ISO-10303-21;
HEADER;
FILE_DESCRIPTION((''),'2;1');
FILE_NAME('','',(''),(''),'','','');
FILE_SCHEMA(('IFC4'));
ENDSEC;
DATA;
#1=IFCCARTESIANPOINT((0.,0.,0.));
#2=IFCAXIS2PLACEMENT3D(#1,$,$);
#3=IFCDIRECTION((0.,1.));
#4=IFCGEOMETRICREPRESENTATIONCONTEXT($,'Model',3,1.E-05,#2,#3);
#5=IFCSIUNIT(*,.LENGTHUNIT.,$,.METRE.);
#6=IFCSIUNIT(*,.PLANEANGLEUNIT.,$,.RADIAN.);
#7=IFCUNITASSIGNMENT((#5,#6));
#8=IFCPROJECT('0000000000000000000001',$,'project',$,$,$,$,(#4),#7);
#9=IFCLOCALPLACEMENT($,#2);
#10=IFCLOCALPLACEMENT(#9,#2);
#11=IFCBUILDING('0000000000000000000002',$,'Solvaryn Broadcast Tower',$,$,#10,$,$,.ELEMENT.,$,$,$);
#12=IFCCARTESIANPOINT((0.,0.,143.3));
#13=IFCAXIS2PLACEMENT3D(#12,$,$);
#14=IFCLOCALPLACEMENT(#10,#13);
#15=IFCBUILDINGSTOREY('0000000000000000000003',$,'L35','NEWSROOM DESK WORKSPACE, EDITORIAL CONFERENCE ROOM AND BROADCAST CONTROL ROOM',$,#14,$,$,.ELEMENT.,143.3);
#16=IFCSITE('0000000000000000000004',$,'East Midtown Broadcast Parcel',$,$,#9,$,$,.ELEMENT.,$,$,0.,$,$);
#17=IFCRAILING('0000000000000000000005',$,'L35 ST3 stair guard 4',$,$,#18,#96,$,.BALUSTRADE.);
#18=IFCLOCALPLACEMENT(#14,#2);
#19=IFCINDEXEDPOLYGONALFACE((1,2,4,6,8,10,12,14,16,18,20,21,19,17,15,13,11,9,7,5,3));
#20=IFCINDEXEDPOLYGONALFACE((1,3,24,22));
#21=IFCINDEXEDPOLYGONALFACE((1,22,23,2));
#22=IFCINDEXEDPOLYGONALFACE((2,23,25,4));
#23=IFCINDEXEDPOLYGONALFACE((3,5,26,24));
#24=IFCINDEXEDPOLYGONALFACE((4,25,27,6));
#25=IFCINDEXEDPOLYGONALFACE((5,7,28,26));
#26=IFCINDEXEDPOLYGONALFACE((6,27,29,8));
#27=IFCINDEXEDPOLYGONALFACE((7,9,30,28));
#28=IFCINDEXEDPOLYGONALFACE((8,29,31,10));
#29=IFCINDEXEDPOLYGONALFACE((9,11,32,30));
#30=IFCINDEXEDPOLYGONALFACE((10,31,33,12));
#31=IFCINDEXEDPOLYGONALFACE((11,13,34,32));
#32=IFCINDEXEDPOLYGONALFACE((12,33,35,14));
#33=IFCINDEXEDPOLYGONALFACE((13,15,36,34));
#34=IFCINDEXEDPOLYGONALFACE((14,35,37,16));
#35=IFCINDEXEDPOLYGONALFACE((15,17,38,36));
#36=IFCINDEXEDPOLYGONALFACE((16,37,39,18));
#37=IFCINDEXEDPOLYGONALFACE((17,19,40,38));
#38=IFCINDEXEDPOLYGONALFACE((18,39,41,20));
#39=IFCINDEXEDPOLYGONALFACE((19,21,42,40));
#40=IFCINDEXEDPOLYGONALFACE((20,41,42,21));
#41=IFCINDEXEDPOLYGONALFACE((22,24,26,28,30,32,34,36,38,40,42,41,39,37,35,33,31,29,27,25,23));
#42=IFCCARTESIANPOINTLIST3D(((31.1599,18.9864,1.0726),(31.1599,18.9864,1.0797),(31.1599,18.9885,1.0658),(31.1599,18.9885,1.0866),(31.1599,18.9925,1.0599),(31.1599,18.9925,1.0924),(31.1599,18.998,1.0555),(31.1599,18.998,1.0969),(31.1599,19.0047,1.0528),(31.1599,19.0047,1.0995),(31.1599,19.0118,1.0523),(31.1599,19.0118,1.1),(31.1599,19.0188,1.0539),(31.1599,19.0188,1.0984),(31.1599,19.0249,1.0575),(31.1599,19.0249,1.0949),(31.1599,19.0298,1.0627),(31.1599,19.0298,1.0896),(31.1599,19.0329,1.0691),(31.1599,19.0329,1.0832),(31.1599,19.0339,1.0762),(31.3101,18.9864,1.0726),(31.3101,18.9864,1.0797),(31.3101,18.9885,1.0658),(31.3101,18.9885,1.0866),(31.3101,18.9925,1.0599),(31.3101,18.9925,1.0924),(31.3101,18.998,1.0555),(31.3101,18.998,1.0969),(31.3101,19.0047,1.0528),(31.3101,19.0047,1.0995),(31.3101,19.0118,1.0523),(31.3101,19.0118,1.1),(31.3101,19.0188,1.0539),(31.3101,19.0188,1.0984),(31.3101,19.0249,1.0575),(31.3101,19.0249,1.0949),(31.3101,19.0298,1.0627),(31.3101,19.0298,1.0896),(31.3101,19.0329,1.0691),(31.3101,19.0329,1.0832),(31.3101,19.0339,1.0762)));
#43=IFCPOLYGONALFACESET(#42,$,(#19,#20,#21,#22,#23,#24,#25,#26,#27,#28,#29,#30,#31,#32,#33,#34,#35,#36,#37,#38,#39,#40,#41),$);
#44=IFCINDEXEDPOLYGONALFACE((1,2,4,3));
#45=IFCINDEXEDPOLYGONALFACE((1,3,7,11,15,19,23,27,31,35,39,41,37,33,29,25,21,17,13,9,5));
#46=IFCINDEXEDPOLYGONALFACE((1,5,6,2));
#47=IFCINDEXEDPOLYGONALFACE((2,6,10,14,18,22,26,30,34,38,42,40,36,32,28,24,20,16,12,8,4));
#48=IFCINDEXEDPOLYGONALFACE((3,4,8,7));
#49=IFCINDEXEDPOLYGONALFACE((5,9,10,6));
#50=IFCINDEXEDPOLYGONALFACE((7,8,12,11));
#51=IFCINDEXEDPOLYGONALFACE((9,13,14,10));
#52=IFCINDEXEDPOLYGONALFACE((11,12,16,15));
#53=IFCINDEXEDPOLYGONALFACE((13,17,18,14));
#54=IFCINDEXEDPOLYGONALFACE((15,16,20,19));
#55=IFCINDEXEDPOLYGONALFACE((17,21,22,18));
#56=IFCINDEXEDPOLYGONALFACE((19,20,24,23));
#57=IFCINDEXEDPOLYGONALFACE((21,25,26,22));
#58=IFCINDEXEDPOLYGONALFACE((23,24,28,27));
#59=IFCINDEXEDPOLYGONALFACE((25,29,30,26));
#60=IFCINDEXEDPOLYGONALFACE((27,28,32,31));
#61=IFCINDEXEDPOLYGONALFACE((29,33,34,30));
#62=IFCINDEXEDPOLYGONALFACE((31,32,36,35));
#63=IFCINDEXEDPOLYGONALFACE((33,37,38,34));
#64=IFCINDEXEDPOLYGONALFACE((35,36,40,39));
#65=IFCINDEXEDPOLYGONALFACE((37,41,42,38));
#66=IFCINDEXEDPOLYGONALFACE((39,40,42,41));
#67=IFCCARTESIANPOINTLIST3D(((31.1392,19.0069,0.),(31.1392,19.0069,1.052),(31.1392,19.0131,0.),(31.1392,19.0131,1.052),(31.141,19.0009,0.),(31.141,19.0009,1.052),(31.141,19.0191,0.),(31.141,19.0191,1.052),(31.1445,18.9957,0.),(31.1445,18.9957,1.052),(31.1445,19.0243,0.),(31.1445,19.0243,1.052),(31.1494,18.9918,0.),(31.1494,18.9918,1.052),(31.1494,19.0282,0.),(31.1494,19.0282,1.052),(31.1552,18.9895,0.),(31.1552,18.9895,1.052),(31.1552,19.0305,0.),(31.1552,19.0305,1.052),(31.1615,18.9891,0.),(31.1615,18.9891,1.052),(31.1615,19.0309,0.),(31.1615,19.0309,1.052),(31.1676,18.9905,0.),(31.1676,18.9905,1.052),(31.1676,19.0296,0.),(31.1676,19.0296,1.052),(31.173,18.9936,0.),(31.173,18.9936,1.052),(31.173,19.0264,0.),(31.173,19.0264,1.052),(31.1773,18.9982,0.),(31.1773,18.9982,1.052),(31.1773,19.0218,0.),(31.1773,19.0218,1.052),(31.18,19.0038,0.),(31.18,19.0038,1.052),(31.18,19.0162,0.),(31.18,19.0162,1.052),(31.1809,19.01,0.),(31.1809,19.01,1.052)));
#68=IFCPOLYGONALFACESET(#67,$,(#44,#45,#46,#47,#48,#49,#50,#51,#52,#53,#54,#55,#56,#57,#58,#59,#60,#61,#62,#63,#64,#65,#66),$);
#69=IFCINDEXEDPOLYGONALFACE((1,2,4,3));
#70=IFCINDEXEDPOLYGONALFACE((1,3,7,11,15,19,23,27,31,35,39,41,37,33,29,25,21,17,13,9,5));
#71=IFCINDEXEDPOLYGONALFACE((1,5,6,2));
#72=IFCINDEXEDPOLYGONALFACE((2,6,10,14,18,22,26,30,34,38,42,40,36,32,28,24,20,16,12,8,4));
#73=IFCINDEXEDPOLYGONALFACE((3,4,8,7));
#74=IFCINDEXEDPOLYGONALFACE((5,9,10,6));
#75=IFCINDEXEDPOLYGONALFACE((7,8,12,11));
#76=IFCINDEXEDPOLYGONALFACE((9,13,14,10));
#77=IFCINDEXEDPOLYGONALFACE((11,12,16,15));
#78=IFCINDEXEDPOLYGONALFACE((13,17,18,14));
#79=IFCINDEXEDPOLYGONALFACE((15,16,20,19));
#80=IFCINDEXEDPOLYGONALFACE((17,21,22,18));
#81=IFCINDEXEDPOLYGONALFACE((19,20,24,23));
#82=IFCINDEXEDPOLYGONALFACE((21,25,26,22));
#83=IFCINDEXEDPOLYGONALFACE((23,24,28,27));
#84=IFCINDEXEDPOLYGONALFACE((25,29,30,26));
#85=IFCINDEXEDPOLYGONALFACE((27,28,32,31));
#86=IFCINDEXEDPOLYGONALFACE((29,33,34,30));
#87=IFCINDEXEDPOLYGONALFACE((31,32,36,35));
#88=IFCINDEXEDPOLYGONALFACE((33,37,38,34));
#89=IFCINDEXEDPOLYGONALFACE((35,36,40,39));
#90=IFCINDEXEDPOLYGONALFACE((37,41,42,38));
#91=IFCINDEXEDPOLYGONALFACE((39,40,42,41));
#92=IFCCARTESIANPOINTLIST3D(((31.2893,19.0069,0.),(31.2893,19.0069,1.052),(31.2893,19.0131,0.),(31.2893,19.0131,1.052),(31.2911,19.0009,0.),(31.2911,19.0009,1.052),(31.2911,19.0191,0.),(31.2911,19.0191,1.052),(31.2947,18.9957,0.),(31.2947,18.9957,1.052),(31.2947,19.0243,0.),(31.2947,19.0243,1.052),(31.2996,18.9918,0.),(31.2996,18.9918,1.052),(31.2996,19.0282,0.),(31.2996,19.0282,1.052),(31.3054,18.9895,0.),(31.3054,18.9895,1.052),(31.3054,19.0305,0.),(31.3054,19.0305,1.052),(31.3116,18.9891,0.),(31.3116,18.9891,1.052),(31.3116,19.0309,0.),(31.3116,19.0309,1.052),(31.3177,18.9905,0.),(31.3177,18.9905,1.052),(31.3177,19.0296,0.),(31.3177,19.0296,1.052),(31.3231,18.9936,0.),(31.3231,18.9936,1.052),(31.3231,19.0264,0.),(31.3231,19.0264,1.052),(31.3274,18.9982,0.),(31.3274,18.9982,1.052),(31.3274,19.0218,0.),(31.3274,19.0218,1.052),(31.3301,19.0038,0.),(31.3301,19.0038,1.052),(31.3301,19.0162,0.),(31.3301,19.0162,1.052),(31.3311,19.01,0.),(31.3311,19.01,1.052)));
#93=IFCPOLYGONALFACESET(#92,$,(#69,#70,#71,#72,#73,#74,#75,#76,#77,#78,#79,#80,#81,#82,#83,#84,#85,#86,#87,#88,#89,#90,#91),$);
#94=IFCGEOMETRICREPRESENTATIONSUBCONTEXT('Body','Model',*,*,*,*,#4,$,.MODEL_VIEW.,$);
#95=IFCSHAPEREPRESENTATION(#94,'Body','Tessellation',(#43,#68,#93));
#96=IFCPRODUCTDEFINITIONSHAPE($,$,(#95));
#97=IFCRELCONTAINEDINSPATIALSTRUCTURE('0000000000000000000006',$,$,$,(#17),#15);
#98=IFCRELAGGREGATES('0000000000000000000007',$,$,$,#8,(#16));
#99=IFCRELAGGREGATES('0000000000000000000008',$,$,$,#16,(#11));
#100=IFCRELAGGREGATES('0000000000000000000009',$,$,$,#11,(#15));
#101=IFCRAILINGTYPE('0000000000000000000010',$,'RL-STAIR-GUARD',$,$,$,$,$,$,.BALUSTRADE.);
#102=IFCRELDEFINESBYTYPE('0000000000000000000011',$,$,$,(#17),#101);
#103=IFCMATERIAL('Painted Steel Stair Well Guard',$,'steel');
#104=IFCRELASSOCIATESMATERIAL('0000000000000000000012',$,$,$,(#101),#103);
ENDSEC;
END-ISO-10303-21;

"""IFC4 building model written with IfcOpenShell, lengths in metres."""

from ifc_helpers import new_model, si_unit, direction, frame, origin, origin_2d, place, context, subcontext, project, spatial, circle, extrude, material, type_object, element, save


model = new_model("IFC4")

# Units and contexts
model_context = context("Model", 3, precision=1e-05, world=origin(), true_north=direction((0.0, 1.0)))
body_context = subcontext(model_context, "Body", "Model", "MODEL_VIEW")
ifc_project = project(units=[si_unit("LENGTHUNIT", "METRE"), si_unit("PLANEANGLEUNIT", "RADIAN")], contexts=[model_context])

# Site, building, storey
site_placement = place(None, origin())
site = spatial("IfcSite", under=ifc_project, at=site_placement, Name="East Midtown Broadcast Parcel", CompositionType="ELEMENT", RefElevation=0.0)
building_placement = place(site_placement, origin())
building = spatial("IfcBuilding", under=site, at=building_placement, Name="Solvaryn Broadcast Tower", CompositionType="ELEMENT")
storey_placement = place(building_placement, frame((0.0, 0.0, 143.3)))
storey = spatial("IfcBuildingStorey", under=building, at=storey_placement, Name="L35", Description="NEWSROOM DESK WORKSPACE, EDITORIAL CONFERENCE ROOM AND BROADCAST CONTROL ROOM", CompositionType="ELEMENT", Elevation=143.3)

# Railing
ifc_material_1 = material(Name="Painted Steel Stair Well Guard", Category="steel")
railing_type_1 = type_object("IfcRailingType", Name="RL-STAIR-GUARD", PredefinedType="BALUSTRADE", material=ifc_material_1)
railing_1_placement = place(storey_placement, frame((31.1599, 19.01, 0.0)))
element("IfcRailing", 1, at=railing_1_placement, inside=storey, type_object=railing_type_1, Name="L35 ST3 stair guard 4", PredefinedType="BALUSTRADE", context=body_context, shape_type="SweptSolid", body=[
    extrude(circle(Radius=0.0239, at=origin_2d()), frame((0.0, 0.0, 1.0762), z_axis=(1.0, 0.0, 0.0), x_axis=(0.0, 1.0, 0.0)), (0.0, 0.0, 1.0), 0.1501),
    extrude(circle(Radius=0.021, at=origin_2d()), origin(), (0.0, 0.0, 1.0), 1.052),
    extrude(circle(Radius=0.021, at=origin_2d()), frame((0.1501, 0.0, 0.0)), (0.0, 0.0, 1.0), 1.052),
])

save(model, "model.ifc")
